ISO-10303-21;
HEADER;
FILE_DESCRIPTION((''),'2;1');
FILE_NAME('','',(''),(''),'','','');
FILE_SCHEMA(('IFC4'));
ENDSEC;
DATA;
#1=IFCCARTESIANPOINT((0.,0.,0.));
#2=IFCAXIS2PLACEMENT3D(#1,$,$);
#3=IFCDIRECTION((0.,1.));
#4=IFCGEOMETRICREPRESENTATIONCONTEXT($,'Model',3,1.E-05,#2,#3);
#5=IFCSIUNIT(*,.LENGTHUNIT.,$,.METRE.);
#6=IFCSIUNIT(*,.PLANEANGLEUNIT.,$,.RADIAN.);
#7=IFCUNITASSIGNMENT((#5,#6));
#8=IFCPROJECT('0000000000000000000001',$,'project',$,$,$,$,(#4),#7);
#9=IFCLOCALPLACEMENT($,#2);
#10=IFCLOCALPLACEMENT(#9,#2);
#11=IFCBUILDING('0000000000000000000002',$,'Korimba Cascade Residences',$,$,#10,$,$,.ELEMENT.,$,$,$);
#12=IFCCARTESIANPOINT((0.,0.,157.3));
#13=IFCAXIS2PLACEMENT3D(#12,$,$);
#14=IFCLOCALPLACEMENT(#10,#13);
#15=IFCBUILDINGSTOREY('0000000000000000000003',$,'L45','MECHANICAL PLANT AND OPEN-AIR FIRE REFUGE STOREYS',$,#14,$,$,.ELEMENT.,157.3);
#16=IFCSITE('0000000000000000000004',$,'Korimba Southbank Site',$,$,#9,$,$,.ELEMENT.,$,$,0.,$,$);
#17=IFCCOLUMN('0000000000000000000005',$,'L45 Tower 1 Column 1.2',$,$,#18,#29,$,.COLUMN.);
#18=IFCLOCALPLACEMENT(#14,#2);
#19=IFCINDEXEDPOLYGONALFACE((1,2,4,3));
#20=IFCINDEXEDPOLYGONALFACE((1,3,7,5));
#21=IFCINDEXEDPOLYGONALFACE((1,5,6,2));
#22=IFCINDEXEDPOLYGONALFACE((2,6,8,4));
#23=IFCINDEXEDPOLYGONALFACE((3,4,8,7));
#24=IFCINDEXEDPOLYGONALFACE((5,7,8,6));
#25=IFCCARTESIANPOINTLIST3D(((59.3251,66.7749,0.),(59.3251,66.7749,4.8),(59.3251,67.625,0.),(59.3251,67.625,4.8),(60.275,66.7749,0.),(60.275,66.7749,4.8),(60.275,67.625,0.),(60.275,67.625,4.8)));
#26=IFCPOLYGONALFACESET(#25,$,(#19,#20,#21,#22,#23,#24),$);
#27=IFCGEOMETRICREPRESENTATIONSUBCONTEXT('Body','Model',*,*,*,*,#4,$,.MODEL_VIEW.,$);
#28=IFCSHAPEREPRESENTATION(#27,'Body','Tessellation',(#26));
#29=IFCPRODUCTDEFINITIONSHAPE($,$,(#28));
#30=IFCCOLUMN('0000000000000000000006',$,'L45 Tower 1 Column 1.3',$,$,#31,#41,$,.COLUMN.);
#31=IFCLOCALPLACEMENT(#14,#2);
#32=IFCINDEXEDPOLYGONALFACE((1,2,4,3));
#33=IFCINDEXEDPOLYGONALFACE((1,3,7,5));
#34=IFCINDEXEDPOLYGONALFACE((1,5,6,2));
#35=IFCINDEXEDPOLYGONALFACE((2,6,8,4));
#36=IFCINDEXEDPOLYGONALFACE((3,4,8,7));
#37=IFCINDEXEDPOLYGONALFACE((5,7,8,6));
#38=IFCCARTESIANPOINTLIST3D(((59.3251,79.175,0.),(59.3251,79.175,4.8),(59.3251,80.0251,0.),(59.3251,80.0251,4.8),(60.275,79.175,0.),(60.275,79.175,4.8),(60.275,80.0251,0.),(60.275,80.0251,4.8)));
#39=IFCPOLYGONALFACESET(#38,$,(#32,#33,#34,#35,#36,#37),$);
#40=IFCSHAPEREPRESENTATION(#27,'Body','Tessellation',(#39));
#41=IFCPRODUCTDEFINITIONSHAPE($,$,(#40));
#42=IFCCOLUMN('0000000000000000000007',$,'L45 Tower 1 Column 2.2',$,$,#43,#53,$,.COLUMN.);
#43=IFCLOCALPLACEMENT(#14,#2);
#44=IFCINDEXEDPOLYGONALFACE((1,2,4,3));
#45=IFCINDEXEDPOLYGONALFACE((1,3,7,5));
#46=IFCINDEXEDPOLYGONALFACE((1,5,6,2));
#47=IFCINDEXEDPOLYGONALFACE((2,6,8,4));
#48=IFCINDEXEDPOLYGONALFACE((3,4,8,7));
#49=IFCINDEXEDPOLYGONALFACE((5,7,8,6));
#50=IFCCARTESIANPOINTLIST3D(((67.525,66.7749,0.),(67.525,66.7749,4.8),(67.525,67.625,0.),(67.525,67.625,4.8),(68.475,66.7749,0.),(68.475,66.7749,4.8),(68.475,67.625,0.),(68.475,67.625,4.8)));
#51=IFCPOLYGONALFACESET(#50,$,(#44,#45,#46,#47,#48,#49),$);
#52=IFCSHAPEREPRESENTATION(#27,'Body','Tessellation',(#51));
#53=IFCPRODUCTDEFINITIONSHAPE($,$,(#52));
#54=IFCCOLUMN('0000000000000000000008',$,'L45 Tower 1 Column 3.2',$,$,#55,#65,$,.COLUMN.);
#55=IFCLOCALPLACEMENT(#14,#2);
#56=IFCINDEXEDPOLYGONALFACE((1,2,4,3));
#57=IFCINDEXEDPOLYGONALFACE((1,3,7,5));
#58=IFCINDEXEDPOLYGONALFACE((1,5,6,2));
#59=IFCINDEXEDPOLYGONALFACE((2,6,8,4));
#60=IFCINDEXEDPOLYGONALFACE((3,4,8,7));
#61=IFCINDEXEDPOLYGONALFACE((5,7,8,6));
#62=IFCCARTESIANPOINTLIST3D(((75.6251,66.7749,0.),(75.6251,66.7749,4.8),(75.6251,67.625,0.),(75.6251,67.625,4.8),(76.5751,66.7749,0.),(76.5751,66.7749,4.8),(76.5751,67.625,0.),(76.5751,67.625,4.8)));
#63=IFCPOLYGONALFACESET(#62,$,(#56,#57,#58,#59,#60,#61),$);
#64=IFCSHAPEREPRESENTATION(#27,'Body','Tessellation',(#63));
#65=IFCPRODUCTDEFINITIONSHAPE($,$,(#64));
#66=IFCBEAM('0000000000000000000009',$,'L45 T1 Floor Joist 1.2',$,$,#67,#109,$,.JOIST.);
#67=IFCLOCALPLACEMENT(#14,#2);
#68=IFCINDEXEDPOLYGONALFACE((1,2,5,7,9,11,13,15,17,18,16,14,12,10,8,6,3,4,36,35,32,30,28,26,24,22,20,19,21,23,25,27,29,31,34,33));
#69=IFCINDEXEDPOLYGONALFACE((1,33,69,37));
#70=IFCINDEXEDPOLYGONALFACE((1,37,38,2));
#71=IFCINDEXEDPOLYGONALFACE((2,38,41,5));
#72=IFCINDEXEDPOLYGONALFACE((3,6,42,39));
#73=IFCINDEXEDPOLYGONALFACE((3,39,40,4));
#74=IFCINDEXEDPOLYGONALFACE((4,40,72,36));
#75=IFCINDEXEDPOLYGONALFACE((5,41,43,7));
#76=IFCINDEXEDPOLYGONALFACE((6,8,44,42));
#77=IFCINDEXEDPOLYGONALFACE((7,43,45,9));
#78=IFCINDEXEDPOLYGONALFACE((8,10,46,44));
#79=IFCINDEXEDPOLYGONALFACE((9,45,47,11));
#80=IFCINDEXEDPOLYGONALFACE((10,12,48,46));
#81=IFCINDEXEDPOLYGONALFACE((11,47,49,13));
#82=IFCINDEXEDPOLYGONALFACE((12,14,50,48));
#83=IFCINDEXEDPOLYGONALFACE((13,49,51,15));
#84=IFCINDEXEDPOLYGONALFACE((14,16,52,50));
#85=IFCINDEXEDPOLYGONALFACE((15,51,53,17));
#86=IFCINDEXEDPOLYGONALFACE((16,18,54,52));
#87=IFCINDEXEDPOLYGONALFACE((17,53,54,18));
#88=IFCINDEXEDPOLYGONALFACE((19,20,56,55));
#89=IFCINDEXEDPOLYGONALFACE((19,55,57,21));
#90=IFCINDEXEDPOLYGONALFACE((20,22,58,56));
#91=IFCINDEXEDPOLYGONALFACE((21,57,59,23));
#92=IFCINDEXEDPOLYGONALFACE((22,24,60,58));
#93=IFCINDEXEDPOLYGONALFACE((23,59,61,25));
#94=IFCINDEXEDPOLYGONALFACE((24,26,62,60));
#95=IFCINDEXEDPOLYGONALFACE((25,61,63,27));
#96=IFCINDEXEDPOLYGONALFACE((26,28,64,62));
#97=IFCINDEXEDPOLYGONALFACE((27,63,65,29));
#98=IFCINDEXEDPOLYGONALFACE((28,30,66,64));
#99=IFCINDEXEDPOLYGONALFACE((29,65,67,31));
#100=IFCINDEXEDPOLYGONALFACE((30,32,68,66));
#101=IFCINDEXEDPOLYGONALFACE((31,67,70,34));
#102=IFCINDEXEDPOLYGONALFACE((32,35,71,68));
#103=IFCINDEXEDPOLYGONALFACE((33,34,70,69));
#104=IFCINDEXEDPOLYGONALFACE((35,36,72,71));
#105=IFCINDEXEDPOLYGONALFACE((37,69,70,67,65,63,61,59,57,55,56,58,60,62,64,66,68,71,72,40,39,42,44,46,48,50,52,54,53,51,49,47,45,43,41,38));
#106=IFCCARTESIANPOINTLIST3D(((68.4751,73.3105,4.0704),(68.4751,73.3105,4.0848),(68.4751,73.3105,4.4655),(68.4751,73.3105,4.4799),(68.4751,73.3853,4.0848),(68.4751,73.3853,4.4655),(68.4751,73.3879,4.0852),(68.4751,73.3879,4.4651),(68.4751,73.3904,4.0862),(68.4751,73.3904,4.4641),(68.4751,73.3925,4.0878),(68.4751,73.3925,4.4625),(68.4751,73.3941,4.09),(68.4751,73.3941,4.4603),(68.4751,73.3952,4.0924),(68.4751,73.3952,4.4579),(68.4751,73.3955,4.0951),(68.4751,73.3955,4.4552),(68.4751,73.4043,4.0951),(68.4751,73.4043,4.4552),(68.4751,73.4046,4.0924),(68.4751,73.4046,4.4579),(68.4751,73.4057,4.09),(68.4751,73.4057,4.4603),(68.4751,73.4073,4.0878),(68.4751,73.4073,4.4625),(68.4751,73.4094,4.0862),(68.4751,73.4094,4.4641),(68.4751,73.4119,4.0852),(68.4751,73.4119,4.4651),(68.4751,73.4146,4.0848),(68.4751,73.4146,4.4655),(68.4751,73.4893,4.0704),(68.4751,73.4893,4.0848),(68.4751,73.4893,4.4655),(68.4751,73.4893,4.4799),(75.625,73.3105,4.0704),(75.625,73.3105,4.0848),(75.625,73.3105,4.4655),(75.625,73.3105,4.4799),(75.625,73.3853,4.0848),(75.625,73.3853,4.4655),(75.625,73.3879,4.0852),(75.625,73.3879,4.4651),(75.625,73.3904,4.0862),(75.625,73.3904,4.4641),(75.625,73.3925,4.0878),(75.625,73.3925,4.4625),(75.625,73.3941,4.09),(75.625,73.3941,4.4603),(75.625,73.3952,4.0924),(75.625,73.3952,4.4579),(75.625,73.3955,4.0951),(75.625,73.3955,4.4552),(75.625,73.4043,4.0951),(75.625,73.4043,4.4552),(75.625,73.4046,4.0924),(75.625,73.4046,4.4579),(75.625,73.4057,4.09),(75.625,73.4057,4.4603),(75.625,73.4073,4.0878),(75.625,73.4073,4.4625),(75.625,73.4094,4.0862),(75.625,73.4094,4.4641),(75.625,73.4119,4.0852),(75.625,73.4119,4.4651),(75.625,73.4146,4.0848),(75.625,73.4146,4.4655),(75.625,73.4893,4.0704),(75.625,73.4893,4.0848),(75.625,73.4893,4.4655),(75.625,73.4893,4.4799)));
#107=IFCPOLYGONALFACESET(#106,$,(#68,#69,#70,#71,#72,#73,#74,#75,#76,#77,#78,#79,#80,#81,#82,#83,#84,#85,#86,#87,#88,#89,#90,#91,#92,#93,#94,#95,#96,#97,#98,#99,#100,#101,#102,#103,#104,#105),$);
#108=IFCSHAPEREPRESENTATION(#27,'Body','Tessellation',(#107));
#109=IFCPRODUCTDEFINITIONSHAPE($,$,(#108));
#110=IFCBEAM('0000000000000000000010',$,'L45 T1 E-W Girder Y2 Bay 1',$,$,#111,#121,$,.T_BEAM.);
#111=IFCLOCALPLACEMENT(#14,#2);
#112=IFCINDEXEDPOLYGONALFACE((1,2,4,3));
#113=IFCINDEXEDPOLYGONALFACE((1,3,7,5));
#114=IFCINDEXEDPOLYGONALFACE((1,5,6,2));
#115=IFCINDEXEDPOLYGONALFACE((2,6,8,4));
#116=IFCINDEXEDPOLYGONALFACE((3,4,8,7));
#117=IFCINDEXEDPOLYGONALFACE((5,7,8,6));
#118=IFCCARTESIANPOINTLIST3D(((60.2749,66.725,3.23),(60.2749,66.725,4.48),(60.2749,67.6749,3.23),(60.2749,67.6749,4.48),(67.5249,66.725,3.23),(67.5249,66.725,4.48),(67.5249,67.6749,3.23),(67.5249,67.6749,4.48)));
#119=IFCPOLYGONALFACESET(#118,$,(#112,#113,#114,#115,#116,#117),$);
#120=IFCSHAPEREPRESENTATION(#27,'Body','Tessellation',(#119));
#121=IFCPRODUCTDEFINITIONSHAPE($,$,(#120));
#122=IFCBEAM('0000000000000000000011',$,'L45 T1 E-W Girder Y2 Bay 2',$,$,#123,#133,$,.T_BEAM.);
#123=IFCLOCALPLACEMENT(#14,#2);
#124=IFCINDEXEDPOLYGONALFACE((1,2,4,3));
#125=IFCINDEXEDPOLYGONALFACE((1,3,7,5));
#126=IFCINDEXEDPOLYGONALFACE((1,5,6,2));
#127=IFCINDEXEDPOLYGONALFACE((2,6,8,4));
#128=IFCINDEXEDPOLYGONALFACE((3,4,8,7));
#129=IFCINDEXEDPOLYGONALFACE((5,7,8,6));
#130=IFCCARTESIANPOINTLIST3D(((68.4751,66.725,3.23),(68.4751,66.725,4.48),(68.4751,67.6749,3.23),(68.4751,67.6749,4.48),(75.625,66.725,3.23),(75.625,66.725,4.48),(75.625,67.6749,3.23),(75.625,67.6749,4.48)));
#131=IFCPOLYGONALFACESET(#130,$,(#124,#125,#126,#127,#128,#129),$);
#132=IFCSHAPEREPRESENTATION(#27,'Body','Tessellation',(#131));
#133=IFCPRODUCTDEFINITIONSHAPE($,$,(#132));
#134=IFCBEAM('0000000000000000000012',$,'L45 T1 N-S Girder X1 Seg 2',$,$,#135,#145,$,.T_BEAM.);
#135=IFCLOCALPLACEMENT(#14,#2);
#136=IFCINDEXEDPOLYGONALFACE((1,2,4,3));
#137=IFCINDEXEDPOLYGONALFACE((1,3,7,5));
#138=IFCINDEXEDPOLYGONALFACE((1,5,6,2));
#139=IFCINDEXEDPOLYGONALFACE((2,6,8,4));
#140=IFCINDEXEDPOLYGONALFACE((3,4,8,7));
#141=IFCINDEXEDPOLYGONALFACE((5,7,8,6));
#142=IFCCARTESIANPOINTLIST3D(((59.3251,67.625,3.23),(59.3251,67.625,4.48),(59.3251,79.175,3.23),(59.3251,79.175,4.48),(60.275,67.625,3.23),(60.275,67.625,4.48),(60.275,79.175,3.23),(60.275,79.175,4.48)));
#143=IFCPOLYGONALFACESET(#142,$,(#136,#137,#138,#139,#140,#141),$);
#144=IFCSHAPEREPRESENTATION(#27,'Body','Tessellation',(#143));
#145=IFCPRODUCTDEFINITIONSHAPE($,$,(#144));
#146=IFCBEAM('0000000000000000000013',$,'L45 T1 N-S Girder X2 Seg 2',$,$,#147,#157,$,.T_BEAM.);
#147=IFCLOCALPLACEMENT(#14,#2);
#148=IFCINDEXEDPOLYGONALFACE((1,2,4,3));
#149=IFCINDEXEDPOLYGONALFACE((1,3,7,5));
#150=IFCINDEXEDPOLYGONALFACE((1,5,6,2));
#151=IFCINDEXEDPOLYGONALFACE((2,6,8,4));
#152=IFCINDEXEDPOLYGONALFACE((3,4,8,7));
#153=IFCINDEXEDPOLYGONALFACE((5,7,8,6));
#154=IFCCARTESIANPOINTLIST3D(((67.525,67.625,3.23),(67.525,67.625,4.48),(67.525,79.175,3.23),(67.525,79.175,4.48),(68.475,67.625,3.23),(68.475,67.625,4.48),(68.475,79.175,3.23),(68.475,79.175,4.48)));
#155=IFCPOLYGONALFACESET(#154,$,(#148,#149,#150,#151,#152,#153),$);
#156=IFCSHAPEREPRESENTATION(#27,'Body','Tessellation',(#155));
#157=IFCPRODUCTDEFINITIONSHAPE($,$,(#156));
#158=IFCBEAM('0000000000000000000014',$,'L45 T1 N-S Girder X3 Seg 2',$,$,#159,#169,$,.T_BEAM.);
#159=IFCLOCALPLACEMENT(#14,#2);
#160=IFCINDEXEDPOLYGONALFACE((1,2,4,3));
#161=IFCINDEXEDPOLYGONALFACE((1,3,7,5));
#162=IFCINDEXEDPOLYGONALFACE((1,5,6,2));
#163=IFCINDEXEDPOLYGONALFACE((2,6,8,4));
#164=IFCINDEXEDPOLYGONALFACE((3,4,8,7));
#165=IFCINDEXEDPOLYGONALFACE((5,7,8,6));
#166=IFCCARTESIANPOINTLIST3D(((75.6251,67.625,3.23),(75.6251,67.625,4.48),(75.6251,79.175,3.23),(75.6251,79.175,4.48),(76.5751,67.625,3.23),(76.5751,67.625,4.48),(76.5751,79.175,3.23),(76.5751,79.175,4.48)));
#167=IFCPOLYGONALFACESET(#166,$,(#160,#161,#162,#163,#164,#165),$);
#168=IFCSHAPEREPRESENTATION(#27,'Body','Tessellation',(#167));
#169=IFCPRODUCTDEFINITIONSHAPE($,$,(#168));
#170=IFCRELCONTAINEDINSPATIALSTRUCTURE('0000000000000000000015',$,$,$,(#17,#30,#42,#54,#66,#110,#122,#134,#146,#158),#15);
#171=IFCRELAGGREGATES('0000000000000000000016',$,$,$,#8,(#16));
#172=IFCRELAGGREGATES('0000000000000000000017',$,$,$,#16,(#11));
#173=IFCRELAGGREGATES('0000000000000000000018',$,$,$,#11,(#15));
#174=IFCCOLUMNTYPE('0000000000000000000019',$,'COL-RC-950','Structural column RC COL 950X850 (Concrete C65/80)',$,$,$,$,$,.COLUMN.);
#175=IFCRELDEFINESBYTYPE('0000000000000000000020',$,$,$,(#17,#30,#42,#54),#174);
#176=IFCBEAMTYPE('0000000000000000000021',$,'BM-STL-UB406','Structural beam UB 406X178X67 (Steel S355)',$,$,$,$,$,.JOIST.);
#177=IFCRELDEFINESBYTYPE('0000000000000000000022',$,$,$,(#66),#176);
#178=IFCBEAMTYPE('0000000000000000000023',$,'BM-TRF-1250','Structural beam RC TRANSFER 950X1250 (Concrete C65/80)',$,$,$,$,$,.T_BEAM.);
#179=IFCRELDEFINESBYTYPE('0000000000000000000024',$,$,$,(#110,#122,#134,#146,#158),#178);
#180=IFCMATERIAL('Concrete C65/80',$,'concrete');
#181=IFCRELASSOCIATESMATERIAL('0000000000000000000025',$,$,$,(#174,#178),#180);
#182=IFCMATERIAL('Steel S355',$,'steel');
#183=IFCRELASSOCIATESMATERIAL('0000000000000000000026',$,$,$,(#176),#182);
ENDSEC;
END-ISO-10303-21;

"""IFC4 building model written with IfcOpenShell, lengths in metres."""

from ifc_helpers import new_model, si_unit, direction, frame, origin, origin_2d, place, context, subcontext, project, spatial, rectangle, i_section, extrude, material, material_profile, profile_set, type_object, element, save


model = new_model("IFC4")

# Units and contexts
model_context = context("Model", 3, precision=1e-05, world=origin(), true_north=direction((0.0, 1.0)))
body_context = subcontext(model_context, "Body", "Model", "MODEL_VIEW")
ifc_project = project(units=[si_unit("LENGTHUNIT", "METRE"), si_unit("PLANEANGLEUNIT", "RADIAN")], contexts=[model_context])

# Site, building, storey
site_placement = place(None, origin())
site = spatial("IfcSite", under=ifc_project, at=site_placement, Name="Korimba Southbank Site", CompositionType="ELEMENT", RefElevation=0.0)
building_placement = place(site_placement, origin())
building = spatial("IfcBuilding", under=site, at=building_placement, Name="Korimba Cascade Residences", CompositionType="ELEMENT")
storey_placement = place(building_placement, frame((0.0, 0.0, 157.3)))
storey = spatial("IfcBuildingStorey", under=building, at=storey_placement, Name="L45", Description="MECHANICAL PLANT AND OPEN-AIR FIRE REFUGE STOREYS", CompositionType="ELEMENT", Elevation=157.3)

# Columns
ifc_material_1 = material(Name="Concrete C65/80", Category="concrete")
ifc_material_profile_1 = material_profile(ifc_material_1, rectangle(XDim=0.95, YDim=0.8501, at=origin_2d()), Name="Concrete C65/80")
ifc_profile_set_1 = profile_set([ifc_material_profile_1], Name="Concrete C65/80")
column_type = type_object("IfcColumnType", Name="COL-RC-950", Description="Structural column RC COL 950X850 (Concrete C65/80)", PredefinedType="COLUMN", material=ifc_profile_set_1)
for number, where, z_axis, x_axis, name in (
    (1, (59.8, 67.2, 0.0), (0.0, 0.0, 1.0), (1.0, 0.0, 0.0), "L45 Tower 1 Column 1.2"),
    (2, (59.8, 79.6001, 0.0), (0.0, 0.0, 1.0), (1.0, 0.0, 0.0), "L45 Tower 1 Column 1.3"),
    (3, (68.0, 67.2, 0.0), (0.0, 0.0, 1.0), (1.0, 0.0, 0.0), "L45 Tower 1 Column 2.2"),
    (4, (76.1001, 67.2, 0.0), (0.0, 0.0, 1.0), (1.0, 0.0, 0.0), "L45 Tower 1 Column 3.2"),
):
    element("IfcColumn", number, at=place(storey_placement, frame(where, z_axis=z_axis, x_axis=x_axis)), inside=storey, type_object=column_type, Name=name, PredefinedType="COLUMN", context=body_context, shape_type="SweptSolid", body=[
        extrude(rectangle(XDim=0.95, YDim=0.8501, at=origin_2d()), origin(), (0.0, 0.0, 1.0), 4.8),
    ])

# Beams
ifc_material_2 = material(Name="Steel S355", Category="steel")
ifc_material_profile_2 = material_profile(ifc_material_2, i_section(OverallWidth=0.1787, OverallDepth=0.4094, WebThickness=0.0088, FlangeThickness=0.0144, FilletRadius=0.0103, at=origin_2d()), Name="Steel S355")
ifc_profile_set_2 = profile_set([ifc_material_profile_2], Name="Steel S355")
beam_type_1 = type_object("IfcBeamType", Name="BM-STL-UB406", Description="Structural beam UB 406X178X67 (Steel S355)", PredefinedType="JOIST", material=ifc_profile_set_2)
beam_1_placement = place(storey_placement, frame((68.4751, 73.3999, 4.2751), z_axis=(1.0, 0.0, 0.0), x_axis=(0.0, 1.0, 0.0)))
element("IfcBeam", 5, at=beam_1_placement, inside=storey, type_object=beam_type_1, Name="L45 T1 Floor Joist 1.2", PredefinedType="JOIST", context=body_context, shape_type="SweptSolid", body=[
    extrude(i_section(OverallWidth=0.1787, OverallDepth=0.4094, WebThickness=0.0088, FlangeThickness=0.0144, FilletRadius=0.0103, at=origin_2d()), origin(), (0.0, 0.0, 1.0), 7.1499),
])
ifc_material_profile_3 = material_profile(ifc_material_1, rectangle(XDim=0.95, YDim=1.25, at=origin_2d()), Name="Concrete C65/80")
ifc_profile_set_3 = profile_set([ifc_material_profile_3], Name="Concrete C65/80")
beam_type_2 = type_object("IfcBeamType", Name="BM-TRF-1250", Description="Structural beam RC TRANSFER 950X1250 (Concrete C65/80)", PredefinedType="T_BEAM", material=ifc_profile_set_3)
beam_2_placement = place(storey_placement, frame((60.2749, 67.2, 3.855), z_axis=(1.0, 0.0, 0.0), x_axis=(0.0, 1.0, 0.0)))
element("IfcBeam", 6, at=beam_2_placement, inside=storey, type_object=beam_type_2, Name="L45 T1 E-W Girder Y2 Bay 1", PredefinedType="T_BEAM", context=body_context, shape_type="SweptSolid", body=[
    extrude(rectangle(XDim=0.95, YDim=1.25, at=origin_2d()), origin(), (0.0, 0.0, 1.0), 7.25),
])
beam_3_placement = place(storey_placement, frame((68.4751, 67.2, 3.855), z_axis=(1.0, 0.0, 0.0), x_axis=(0.0, 1.0, 0.0)))
element("IfcBeam", 7, at=beam_3_placement, inside=storey, type_object=beam_type_2, Name="L45 T1 E-W Girder Y2 Bay 2", PredefinedType="T_BEAM", context=body_context, shape_type="SweptSolid", body=[
    extrude(rectangle(XDim=0.95, YDim=1.25, at=origin_2d()), origin(), (0.0, 0.0, 1.0), 7.1499),
])
for number, where, z_axis, x_axis, name in (
    (8, (59.8, 67.625, 3.855), (0.0, 1.0, 0.0), (-1.0, 0.0, 0.0), "L45 T1 N-S Girder X1 Seg 2"),
    (9, (68.0, 67.625, 3.855), (0.0, 1.0, 0.0), (-1.0, 0.0, 0.0), "L45 T1 N-S Girder X2 Seg 2"),
    (10, (76.1001, 67.625, 3.855), (0.0, 1.0, 0.0), (-1.0, 0.0, 0.0), "L45 T1 N-S Girder X3 Seg 2"),
):
    element("IfcBeam", number, at=place(storey_placement, frame(where, z_axis=z_axis, x_axis=x_axis)), inside=storey, type_object=beam_type_2, Name=name, PredefinedType="T_BEAM", context=body_context, shape_type="SweptSolid", body=[
        extrude(rectangle(XDim=0.95, YDim=1.25, at=origin_2d()), origin(), (0.0, 0.0, 1.0), 11.55),
    ])

save(model, "model.ifc")
